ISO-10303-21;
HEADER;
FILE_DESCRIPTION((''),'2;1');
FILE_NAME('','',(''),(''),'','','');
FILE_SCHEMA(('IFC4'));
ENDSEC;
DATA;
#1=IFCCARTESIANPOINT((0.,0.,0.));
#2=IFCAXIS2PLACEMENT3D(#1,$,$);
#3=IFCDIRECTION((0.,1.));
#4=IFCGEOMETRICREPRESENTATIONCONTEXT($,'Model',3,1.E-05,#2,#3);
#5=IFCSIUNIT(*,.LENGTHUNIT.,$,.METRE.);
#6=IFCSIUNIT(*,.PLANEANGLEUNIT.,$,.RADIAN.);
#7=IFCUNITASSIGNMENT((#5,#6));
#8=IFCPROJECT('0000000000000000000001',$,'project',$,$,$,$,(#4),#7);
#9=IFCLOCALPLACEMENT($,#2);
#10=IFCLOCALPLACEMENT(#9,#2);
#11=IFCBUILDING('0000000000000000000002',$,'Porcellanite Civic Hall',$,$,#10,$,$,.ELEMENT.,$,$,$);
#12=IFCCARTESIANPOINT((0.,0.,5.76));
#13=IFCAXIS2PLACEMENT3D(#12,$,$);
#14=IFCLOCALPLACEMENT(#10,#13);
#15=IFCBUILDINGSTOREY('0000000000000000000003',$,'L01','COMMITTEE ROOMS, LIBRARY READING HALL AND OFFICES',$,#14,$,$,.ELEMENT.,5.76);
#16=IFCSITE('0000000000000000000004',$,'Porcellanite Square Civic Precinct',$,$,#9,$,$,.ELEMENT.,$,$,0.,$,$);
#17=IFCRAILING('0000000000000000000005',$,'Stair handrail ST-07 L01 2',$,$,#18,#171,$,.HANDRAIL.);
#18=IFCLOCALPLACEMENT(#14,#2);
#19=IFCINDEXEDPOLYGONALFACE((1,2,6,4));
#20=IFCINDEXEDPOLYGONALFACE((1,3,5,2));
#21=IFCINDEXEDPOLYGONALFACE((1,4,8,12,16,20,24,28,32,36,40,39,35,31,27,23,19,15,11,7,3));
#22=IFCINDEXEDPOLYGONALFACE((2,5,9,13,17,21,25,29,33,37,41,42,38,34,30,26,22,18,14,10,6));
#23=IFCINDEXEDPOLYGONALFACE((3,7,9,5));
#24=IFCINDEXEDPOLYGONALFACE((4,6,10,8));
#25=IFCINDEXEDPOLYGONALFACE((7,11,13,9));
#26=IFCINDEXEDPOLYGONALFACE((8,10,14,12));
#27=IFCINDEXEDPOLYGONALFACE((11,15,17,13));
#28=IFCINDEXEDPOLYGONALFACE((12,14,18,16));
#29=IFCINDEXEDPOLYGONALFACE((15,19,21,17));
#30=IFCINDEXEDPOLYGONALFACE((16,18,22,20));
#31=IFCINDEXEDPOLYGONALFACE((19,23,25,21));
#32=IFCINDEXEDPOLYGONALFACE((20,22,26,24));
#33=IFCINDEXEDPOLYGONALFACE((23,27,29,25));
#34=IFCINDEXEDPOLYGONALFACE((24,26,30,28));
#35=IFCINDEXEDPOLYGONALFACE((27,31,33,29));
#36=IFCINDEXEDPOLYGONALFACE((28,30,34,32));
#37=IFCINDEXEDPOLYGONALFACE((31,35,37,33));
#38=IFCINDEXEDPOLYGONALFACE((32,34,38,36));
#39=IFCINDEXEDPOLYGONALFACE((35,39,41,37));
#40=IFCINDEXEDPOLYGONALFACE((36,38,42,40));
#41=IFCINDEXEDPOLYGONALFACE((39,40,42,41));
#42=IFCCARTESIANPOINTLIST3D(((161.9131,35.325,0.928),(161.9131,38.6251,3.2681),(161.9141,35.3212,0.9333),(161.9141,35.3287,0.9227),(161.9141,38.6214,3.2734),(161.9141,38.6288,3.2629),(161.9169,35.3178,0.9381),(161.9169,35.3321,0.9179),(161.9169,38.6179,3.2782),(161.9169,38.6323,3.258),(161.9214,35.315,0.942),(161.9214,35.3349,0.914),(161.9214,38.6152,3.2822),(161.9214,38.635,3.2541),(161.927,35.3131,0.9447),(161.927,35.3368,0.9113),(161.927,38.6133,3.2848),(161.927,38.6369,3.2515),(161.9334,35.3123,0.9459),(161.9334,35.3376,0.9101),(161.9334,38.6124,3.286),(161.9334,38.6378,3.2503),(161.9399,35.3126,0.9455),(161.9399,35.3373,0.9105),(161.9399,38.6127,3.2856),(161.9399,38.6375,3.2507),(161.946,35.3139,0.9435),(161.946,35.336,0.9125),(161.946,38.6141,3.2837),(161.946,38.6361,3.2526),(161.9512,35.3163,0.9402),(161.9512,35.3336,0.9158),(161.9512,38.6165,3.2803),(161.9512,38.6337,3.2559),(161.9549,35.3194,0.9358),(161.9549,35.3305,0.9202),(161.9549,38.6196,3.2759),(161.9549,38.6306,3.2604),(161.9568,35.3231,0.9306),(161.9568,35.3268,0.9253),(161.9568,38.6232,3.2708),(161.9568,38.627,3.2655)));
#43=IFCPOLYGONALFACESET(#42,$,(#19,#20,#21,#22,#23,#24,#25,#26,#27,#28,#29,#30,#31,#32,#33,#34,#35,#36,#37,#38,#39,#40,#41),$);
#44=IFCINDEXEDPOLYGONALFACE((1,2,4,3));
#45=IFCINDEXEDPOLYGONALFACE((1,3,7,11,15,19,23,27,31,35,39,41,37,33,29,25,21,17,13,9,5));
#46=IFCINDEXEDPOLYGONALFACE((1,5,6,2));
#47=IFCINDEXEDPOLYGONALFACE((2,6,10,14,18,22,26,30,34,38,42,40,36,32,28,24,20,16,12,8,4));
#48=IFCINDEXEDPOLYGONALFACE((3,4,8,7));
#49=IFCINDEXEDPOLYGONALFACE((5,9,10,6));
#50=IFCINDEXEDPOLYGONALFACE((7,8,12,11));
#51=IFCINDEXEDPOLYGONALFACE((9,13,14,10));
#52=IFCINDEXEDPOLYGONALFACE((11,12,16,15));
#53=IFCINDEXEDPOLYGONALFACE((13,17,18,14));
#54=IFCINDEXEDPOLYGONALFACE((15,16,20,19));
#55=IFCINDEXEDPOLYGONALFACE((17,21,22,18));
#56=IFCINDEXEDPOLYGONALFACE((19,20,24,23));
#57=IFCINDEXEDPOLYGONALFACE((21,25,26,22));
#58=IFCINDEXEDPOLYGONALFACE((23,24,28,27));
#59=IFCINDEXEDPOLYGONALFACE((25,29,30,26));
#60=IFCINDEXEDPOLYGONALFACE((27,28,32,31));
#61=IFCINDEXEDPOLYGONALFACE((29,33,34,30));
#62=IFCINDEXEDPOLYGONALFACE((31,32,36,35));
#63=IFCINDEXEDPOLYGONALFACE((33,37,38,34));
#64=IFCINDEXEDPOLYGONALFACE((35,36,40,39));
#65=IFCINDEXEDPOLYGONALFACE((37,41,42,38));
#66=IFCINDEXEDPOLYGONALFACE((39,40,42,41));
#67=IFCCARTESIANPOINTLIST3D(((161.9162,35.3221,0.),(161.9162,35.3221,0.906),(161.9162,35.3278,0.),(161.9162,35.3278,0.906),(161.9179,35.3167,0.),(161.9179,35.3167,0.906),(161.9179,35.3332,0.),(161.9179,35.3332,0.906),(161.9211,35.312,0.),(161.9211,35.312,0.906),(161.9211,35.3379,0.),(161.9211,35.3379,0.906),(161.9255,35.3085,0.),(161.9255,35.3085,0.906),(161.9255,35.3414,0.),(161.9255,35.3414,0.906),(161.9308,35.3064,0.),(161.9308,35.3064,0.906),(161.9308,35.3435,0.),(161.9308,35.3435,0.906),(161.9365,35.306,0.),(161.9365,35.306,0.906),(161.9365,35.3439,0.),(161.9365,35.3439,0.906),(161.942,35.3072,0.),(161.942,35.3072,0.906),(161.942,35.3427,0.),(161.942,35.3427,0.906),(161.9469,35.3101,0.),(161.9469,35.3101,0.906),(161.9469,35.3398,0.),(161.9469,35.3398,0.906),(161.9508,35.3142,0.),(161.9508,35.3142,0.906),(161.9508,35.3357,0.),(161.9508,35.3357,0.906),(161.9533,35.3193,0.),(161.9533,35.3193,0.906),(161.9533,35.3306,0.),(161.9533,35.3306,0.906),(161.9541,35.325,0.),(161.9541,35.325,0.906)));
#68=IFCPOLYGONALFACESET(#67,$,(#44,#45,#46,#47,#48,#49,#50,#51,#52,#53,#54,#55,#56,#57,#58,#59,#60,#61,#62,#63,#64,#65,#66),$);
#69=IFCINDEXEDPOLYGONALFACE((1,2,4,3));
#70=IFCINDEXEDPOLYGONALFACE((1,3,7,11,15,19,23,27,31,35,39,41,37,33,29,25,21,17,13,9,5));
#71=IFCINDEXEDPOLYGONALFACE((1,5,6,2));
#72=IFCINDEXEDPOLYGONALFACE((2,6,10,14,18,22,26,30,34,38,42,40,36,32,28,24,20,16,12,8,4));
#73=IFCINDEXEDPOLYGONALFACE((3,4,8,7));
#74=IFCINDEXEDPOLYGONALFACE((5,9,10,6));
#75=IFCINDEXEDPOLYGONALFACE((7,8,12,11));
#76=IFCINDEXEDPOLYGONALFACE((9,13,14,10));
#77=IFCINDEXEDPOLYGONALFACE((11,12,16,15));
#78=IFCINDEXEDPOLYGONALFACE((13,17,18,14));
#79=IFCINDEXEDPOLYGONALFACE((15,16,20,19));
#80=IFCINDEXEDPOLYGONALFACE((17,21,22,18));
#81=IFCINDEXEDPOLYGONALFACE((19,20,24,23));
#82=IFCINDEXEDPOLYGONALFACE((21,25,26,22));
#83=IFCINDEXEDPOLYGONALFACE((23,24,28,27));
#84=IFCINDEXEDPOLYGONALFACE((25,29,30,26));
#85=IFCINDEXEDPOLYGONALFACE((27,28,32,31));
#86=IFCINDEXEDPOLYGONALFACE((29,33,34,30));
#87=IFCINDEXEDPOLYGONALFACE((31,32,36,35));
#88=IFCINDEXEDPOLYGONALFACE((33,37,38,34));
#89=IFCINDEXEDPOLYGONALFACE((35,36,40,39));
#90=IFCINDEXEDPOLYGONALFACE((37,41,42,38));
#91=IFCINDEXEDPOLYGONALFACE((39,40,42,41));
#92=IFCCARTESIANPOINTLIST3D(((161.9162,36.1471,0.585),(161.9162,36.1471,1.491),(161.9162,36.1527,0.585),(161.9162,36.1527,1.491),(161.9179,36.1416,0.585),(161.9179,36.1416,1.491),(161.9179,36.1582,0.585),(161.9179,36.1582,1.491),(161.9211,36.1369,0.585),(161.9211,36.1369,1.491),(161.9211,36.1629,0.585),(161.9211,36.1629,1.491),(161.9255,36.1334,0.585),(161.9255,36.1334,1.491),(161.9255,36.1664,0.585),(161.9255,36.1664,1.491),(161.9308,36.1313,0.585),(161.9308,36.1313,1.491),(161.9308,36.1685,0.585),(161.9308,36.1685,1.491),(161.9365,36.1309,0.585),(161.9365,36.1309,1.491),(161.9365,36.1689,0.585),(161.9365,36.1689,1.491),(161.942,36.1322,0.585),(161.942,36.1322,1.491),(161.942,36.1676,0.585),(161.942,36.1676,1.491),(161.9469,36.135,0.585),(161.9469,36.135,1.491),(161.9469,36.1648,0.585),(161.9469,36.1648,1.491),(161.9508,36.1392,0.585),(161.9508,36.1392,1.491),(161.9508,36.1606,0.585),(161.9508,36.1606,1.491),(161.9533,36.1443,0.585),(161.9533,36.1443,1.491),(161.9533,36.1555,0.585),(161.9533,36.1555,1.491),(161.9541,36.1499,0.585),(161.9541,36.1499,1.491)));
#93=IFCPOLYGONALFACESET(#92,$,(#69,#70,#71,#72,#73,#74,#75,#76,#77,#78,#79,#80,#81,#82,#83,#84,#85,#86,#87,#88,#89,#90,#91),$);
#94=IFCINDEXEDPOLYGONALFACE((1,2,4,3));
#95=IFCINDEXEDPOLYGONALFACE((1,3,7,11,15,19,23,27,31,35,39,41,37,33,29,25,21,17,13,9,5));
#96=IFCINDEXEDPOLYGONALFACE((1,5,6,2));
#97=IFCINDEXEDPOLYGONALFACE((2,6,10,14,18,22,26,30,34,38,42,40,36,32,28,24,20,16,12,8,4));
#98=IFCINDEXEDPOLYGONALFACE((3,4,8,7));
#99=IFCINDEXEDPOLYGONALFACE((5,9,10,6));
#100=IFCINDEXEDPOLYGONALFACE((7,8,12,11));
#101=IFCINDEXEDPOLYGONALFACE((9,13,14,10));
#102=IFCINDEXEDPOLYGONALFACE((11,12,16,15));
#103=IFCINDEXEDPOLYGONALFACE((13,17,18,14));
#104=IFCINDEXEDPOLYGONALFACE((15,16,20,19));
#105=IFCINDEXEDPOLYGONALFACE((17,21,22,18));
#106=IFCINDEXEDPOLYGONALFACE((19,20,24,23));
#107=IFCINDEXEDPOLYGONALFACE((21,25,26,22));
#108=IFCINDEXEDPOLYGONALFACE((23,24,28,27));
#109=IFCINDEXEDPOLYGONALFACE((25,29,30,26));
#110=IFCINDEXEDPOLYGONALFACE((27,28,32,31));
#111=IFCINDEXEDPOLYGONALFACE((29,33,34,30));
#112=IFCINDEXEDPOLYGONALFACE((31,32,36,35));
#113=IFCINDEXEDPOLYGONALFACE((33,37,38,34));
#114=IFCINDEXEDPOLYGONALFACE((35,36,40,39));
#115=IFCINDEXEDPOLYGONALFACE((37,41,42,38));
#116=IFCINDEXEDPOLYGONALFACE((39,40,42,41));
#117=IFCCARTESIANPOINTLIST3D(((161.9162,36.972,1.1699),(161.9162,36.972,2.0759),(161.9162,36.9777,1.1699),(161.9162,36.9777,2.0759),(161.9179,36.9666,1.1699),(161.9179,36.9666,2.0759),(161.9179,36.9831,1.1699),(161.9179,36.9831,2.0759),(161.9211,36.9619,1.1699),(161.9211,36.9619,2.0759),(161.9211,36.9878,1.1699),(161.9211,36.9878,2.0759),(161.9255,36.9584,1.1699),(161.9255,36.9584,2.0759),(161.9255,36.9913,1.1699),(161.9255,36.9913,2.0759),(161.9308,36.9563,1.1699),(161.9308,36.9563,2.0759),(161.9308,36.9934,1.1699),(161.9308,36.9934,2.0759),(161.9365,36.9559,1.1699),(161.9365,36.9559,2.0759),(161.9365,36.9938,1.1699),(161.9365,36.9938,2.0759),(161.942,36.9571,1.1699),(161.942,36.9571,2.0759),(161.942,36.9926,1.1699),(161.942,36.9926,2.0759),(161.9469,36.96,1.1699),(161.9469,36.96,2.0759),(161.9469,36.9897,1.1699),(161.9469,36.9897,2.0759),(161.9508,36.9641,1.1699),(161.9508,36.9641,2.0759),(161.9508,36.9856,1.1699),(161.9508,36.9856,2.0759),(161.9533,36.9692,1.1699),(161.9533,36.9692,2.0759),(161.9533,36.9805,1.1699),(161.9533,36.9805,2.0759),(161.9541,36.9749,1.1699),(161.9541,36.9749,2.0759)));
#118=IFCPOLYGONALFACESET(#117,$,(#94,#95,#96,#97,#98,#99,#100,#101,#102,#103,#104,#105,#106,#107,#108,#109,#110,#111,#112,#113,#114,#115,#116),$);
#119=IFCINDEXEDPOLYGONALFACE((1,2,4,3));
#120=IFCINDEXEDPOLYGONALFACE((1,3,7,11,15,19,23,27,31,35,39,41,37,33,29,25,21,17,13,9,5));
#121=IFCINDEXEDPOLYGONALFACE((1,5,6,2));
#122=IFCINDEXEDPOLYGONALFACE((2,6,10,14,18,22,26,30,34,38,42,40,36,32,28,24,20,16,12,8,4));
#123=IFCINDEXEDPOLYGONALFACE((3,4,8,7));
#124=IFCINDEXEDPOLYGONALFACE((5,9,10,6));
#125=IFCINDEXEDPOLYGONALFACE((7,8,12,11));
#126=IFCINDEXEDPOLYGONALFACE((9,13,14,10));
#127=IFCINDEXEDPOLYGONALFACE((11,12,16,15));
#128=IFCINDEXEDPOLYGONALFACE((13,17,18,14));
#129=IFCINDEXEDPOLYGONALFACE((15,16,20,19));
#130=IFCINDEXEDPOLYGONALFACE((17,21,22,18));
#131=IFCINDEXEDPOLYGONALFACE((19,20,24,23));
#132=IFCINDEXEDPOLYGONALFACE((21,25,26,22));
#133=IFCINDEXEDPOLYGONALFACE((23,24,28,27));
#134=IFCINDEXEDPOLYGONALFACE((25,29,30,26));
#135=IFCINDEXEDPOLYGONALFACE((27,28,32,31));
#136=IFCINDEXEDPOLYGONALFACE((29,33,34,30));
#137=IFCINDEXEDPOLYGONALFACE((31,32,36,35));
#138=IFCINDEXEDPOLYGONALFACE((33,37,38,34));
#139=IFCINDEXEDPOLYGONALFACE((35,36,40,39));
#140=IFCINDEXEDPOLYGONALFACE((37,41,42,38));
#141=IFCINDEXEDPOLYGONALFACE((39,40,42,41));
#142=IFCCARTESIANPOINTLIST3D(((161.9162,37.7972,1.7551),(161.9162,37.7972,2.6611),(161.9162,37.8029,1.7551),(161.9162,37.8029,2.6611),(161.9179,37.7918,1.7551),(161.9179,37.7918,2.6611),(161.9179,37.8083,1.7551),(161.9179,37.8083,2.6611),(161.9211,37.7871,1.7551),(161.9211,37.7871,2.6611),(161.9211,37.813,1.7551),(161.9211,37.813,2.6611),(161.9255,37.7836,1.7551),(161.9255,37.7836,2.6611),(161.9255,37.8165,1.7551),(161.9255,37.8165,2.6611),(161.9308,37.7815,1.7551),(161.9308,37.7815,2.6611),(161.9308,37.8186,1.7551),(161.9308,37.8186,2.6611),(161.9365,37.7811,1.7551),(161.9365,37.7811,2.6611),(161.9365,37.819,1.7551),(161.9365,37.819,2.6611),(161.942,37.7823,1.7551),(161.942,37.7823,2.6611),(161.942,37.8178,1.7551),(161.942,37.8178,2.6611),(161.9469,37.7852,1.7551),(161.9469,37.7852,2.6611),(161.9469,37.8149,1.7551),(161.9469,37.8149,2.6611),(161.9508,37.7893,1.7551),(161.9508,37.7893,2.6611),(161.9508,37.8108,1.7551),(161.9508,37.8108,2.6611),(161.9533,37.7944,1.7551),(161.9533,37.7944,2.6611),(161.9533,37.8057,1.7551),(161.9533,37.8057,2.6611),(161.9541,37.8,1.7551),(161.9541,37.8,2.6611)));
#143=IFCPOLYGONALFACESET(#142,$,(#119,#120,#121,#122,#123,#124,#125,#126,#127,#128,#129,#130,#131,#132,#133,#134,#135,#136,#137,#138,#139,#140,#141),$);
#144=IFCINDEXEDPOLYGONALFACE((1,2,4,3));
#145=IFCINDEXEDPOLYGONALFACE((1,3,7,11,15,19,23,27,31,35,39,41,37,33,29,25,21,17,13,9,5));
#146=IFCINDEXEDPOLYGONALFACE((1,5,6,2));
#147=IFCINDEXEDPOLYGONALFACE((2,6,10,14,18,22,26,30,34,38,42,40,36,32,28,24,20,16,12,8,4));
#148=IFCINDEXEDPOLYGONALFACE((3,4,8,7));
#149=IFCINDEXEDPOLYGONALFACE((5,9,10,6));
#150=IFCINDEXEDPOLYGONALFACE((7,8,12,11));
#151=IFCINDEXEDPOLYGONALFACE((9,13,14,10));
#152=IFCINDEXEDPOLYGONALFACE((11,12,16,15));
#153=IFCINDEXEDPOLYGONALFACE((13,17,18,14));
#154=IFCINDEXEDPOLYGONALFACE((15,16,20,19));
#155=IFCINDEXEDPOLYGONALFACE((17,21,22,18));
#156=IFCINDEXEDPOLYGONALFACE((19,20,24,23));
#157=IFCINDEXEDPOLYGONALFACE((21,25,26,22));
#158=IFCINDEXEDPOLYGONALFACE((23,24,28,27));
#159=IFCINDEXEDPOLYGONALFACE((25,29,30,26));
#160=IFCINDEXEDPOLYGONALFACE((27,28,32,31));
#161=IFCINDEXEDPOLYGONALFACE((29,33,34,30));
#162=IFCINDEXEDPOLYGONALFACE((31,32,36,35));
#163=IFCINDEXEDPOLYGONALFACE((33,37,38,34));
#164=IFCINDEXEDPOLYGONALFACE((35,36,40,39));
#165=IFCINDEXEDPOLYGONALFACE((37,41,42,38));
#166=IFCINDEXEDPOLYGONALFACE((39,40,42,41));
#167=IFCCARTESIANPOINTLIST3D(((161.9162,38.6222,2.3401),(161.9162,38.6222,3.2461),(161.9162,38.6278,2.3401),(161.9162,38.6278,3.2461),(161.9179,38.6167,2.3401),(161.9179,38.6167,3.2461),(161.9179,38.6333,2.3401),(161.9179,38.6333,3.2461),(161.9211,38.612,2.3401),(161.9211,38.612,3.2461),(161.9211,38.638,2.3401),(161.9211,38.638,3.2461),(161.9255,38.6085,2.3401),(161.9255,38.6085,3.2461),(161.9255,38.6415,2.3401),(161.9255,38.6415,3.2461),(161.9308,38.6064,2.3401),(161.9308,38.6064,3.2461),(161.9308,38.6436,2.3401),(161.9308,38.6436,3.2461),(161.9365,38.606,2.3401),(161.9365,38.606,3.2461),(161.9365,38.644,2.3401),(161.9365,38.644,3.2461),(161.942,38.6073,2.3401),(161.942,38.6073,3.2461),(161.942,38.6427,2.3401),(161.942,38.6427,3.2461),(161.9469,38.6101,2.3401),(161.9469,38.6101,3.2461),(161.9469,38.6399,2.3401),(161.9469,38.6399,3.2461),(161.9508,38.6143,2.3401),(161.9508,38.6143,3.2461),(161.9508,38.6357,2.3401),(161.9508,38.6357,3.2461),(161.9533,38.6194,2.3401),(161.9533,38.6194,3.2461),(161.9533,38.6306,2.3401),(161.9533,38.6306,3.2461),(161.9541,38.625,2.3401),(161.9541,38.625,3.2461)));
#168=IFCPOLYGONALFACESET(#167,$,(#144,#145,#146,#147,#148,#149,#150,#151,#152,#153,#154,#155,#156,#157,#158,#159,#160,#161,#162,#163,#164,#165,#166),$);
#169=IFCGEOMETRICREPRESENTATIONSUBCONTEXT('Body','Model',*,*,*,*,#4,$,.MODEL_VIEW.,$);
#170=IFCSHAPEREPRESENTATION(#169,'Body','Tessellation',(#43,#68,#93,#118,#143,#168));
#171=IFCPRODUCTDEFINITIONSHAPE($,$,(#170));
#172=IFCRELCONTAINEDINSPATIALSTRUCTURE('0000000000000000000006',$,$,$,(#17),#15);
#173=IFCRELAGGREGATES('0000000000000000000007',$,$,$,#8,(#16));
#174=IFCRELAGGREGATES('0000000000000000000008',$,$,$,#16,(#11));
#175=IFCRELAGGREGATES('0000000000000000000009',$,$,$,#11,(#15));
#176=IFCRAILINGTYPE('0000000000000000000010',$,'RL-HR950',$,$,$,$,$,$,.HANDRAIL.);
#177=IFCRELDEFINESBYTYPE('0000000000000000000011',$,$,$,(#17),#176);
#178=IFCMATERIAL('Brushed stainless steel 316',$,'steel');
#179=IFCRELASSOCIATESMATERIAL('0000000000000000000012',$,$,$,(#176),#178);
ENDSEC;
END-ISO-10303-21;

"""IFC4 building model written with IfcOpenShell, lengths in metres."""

from ifc_helpers import new_model, si_unit, direction, frame, origin, origin_2d, place, context, subcontext, project, spatial, circle, extrude, material, type_object, element, save


model = new_model("IFC4")

# Units and contexts
model_context = context("Model", 3, precision=1e-05, world=origin(), true_north=direction((0.0, 1.0)))
body_context = subcontext(model_context, "Body", "Model", "MODEL_VIEW")
ifc_project = project(units=[si_unit("LENGTHUNIT", "METRE"), si_unit("PLANEANGLEUNIT", "RADIAN")], contexts=[model_context])

# Site, building, storey
site_placement = place(None, origin())
site = spatial("IfcSite", under=ifc_project, at=site_placement, Name="Porcellanite Square Civic Precinct", CompositionType="ELEMENT", RefElevation=0.0)
building_placement = place(site_placement, origin())
building = spatial("IfcBuilding", under=site, at=building_placement, Name="Porcellanite Civic Hall", CompositionType="ELEMENT")
storey_placement = place(building_placement, frame((0.0, 0.0, 5.76)))
storey = spatial("IfcBuildingStorey", under=building, at=storey_placement, Name="L01", Description="COMMITTEE ROOMS, LIBRARY READING HALL AND OFFICES", CompositionType="ELEMENT", Elevation=5.76)

# Railing
ifc_material_1 = material(Name="Brushed stainless steel 316", Category="steel")
railing_type_1 = type_object("IfcRailingType", Name="RL-HR950", PredefinedType="HANDRAIL", material=ifc_material_1)
railing_1_placement = place(storey_placement, frame((161.9351, 35.325, 0.0)))
element("IfcRailing", 1, at=railing_1_placement, inside=storey, type_object=railing_type_1, Name="Stair handrail ST-07 L01 2", PredefinedType="HANDRAIL", context=body_context, shape_type="SweptSolid", body=[
    extrude(circle(Radius=0.022, at=origin_2d()), frame((0.0, 0.0, 0.928), z_axis=(0.0, 0.815727, 0.578438), x_axis=(-1.0, 0.0, 0.0)), (0.0, 0.0, 1.0), 4.0457),
    extrude(circle(Radius=0.019, at=origin_2d()), origin(), (0.0, 0.0, 1.0), 0.906),
    extrude(circle(Radius=0.019, at=origin_2d()), frame((0.0, 0.825, 0.585)), (0.0, 0.0, 1.0), 0.906),
    extrude(circle(Radius=0.019, at=origin_2d()), frame((0.0, 1.6499, 1.1699)), (0.0, 0.0, 1.0), 0.906),
    extrude(circle(Radius=0.019, at=origin_2d()), frame((0.0, 2.4751, 1.7551)), (0.0, 0.0, 1.0), 0.906),
    extrude(circle(Radius=0.019, at=origin_2d()), frame((0.0, 3.3, 2.3401)), (0.0, 0.0, 1.0), 0.906),
])

save(model, "model.ifc")
